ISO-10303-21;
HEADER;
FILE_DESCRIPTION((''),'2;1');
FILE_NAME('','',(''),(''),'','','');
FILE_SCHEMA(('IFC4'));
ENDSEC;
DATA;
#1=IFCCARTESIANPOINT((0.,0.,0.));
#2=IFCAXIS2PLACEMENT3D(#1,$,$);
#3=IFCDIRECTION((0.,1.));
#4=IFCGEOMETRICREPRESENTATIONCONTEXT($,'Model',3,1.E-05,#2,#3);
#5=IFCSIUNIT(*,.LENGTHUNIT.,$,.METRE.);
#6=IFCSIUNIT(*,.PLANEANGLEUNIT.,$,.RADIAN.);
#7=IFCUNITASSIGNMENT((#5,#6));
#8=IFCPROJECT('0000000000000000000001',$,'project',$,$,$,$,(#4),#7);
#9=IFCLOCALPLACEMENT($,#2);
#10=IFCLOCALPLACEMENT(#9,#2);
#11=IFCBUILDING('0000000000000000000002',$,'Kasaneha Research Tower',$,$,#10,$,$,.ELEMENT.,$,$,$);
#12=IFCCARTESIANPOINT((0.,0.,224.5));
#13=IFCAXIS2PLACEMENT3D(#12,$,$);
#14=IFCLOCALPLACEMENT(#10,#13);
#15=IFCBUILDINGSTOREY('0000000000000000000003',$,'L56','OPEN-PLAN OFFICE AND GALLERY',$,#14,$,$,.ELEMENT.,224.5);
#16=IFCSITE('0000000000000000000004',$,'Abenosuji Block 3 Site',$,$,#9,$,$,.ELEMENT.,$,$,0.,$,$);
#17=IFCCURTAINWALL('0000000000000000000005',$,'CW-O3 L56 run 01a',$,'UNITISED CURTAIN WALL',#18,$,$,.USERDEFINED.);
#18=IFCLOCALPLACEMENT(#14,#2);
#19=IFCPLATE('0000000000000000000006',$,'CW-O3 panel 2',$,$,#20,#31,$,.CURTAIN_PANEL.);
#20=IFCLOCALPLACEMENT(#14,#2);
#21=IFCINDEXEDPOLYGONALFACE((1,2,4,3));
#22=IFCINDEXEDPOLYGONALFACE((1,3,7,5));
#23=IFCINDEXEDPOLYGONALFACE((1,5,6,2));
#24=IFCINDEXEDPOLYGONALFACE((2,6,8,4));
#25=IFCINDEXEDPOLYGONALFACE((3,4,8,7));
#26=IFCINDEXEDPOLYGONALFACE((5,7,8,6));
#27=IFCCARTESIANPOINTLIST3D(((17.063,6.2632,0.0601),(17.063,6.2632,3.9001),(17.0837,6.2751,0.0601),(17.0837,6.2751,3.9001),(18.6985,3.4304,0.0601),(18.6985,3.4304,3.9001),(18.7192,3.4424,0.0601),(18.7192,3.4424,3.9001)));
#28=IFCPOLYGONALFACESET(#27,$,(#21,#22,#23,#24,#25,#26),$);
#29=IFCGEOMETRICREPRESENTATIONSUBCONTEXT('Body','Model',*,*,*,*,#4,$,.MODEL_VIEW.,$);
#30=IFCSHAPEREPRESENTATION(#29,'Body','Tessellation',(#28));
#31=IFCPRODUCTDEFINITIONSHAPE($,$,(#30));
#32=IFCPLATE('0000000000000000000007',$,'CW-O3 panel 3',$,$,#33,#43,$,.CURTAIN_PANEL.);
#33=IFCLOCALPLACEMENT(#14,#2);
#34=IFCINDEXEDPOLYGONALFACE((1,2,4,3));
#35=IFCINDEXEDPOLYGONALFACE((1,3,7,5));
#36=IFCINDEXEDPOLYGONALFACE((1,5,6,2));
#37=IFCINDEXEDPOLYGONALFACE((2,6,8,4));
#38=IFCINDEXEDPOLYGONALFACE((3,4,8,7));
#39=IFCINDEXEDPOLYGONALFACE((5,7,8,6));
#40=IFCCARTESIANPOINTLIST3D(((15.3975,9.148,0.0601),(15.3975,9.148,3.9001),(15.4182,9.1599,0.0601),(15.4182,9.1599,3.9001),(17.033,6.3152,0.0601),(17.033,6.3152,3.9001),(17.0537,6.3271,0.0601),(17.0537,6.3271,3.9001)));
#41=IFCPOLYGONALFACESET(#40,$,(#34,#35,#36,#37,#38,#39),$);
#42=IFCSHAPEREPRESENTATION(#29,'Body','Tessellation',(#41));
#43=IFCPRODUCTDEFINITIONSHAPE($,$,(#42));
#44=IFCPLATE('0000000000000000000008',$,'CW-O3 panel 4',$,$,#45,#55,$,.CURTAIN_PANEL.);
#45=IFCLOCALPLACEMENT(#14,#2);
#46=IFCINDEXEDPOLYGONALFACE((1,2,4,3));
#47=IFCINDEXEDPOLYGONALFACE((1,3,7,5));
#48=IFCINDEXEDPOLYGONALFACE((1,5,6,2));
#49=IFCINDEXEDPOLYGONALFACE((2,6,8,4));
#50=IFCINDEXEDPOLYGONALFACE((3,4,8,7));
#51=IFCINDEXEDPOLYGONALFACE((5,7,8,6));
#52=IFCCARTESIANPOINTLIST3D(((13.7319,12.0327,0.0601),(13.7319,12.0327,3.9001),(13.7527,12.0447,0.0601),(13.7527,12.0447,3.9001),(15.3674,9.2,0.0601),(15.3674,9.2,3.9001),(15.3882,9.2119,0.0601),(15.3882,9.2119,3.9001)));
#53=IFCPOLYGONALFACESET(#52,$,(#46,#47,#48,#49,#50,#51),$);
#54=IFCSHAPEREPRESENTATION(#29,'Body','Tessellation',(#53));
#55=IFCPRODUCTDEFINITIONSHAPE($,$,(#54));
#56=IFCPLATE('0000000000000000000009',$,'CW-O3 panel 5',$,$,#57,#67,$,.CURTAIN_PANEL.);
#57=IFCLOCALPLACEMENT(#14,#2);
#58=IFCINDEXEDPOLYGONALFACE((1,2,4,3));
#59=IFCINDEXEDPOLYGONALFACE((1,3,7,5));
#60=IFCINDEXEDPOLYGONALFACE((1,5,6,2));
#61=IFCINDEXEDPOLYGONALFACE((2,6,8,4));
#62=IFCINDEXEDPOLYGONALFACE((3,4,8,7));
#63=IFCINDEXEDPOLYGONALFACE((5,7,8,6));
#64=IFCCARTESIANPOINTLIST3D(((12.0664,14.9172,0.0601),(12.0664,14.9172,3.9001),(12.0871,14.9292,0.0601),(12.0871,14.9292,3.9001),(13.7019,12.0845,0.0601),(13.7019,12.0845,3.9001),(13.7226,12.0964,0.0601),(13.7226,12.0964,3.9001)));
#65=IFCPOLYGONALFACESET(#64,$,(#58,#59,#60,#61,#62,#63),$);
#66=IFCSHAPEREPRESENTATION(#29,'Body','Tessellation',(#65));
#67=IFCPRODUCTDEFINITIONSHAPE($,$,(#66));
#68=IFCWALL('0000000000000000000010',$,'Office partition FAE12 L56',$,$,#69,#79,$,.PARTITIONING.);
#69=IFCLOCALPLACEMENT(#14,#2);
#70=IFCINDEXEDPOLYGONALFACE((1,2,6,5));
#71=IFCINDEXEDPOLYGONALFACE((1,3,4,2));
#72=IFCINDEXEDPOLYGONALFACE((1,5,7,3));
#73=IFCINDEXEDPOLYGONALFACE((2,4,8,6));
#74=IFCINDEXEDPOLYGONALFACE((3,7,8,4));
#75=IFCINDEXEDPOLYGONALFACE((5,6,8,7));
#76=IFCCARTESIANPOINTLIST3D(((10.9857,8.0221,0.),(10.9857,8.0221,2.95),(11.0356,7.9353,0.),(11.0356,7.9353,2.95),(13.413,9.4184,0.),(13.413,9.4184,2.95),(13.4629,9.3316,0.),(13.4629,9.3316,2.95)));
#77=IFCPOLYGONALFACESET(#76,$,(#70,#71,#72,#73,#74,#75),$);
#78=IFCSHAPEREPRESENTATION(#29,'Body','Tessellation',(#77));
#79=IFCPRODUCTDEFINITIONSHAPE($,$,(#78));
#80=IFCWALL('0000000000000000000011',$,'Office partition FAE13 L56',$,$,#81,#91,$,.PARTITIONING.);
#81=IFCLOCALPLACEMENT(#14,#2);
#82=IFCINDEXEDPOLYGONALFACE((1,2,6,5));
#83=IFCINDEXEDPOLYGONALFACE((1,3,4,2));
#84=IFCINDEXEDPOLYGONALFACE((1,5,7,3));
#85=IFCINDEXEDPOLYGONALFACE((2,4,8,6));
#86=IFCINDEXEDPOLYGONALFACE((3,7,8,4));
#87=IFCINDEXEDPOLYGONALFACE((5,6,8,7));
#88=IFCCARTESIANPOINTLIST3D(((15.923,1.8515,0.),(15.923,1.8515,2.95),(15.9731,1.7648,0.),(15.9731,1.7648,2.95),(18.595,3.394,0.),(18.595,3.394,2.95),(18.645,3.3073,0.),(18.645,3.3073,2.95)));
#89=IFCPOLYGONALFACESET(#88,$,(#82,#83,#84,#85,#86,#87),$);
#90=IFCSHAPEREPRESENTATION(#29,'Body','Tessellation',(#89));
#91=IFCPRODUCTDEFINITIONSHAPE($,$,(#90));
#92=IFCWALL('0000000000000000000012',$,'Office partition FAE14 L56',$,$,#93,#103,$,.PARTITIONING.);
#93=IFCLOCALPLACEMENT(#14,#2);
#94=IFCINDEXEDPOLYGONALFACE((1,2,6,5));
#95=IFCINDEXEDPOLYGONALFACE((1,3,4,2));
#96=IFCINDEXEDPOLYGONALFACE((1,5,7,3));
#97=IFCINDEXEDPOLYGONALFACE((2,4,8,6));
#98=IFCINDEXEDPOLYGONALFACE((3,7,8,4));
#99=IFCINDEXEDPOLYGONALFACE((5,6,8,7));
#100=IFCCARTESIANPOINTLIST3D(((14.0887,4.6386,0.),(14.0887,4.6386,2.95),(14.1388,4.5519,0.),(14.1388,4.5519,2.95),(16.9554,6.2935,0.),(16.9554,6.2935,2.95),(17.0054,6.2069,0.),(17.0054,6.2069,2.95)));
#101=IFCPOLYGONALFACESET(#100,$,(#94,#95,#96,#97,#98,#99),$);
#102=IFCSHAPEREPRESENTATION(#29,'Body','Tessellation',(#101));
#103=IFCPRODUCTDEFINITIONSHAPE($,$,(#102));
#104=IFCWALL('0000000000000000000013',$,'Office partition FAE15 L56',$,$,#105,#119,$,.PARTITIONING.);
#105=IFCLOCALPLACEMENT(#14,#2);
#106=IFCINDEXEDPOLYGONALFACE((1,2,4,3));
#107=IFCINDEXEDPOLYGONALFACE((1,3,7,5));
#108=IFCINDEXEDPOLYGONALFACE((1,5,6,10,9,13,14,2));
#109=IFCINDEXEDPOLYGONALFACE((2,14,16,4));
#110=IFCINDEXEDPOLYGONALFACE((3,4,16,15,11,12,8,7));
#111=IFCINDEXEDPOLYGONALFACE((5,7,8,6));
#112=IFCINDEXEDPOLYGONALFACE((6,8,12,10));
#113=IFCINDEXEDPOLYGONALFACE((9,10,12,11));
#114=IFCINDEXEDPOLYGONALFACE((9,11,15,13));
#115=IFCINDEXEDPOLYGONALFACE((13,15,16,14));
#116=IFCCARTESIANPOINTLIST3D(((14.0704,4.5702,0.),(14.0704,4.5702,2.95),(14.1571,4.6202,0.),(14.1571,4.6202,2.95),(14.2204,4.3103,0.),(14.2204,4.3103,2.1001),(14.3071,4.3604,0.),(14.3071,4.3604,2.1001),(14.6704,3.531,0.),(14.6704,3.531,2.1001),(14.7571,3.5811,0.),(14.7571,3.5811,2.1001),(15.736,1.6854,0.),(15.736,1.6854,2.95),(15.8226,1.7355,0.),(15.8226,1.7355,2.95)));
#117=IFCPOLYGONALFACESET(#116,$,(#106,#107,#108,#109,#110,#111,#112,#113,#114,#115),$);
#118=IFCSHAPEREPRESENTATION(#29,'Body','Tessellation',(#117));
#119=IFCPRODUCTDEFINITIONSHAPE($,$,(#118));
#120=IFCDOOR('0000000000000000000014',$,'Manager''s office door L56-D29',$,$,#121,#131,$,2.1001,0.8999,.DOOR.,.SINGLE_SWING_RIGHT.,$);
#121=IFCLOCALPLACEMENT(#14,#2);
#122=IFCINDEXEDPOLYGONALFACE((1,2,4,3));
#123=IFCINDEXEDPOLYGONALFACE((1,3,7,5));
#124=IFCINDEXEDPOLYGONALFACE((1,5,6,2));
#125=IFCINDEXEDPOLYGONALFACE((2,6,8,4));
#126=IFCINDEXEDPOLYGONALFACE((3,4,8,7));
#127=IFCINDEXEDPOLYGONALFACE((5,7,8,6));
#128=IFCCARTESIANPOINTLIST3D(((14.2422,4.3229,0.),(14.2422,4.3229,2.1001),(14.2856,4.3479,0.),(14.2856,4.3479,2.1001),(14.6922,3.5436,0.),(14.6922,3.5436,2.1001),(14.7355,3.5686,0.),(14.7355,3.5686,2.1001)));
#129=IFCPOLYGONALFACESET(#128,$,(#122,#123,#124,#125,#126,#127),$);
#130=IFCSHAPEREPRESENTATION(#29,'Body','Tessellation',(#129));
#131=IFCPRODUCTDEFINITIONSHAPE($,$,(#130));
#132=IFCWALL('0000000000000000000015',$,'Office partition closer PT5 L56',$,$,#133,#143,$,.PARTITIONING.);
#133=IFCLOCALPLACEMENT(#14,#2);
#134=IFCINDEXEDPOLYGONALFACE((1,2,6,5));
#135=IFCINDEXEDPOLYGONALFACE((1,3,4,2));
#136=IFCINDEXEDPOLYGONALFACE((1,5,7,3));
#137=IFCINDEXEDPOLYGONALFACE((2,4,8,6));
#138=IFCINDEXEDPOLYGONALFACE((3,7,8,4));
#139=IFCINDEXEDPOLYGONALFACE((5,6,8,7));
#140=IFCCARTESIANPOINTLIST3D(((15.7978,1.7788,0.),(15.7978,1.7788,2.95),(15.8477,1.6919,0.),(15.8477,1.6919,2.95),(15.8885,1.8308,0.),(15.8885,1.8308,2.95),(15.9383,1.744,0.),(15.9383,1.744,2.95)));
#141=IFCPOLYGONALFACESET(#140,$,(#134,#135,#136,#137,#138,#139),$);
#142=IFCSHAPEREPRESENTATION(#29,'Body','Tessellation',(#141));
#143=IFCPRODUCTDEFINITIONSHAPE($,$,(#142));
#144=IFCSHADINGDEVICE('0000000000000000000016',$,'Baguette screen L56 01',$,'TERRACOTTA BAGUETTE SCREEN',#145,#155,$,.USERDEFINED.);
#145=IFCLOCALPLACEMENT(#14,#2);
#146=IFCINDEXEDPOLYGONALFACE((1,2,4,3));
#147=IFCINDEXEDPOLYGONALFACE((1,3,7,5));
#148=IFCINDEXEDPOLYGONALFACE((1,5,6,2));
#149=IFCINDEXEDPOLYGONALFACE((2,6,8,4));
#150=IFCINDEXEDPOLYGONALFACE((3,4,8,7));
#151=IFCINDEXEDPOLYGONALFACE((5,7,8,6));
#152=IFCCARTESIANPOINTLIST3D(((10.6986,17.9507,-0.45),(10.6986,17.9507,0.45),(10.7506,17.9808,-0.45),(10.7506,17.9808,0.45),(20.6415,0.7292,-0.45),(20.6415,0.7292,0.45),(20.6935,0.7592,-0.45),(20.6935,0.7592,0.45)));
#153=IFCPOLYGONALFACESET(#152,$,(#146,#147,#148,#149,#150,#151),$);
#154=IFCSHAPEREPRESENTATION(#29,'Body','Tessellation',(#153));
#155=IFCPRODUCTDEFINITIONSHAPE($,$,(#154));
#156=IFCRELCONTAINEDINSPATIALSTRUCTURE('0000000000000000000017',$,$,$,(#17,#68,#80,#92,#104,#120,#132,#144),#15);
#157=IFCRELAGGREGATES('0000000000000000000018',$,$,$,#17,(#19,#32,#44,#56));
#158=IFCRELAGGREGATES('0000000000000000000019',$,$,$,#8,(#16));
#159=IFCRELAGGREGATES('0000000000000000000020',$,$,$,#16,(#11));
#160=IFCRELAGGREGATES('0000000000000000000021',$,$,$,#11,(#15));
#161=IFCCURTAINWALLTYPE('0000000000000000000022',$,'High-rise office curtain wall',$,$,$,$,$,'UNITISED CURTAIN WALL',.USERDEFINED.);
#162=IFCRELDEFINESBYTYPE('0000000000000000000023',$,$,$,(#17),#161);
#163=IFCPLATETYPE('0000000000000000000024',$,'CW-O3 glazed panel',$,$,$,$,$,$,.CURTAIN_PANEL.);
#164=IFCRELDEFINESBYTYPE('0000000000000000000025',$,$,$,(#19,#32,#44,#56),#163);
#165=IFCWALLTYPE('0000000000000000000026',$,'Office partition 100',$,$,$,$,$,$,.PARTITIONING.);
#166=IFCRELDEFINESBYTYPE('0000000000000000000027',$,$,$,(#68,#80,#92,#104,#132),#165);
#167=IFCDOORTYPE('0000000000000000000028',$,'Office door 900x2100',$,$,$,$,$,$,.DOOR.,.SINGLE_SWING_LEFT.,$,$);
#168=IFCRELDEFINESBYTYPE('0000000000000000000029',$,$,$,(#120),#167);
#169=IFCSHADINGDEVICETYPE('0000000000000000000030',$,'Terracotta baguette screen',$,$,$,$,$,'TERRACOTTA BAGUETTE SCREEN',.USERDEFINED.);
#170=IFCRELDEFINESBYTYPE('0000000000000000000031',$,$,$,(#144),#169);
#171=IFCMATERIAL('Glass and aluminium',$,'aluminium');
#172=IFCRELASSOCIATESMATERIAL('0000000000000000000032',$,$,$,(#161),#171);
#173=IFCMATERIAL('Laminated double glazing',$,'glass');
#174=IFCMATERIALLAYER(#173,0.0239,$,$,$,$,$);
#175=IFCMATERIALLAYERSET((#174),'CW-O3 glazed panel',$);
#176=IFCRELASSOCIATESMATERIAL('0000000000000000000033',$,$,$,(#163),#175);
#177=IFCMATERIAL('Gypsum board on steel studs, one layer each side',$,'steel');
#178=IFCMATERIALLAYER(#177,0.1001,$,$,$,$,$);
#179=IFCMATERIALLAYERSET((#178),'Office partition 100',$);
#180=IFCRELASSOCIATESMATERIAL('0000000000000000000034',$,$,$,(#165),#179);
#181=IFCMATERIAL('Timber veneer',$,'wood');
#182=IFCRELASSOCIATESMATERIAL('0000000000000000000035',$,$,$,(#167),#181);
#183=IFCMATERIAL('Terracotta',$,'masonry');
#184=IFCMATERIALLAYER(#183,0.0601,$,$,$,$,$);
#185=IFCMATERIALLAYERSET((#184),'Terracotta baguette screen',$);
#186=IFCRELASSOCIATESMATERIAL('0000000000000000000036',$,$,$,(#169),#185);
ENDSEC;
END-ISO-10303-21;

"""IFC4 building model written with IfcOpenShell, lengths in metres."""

from ifc_helpers import new_model, si_unit, direction, frame, frame_2d, origin, origin_2d, place, context, subcontext, project, spatial, rectangle, extrude, material, layer, layer_set, type_object, element, fill, aggregate, save


model = new_model("IFC4")

# Units and contexts
model_context = context("Model", 3, precision=1e-05, world=origin(), true_north=direction((0.0, 1.0)))
body_context = subcontext(model_context, "Body", "Model", "MODEL_VIEW")
ifc_project = project(units=[si_unit("LENGTHUNIT", "METRE"), si_unit("PLANEANGLEUNIT", "RADIAN")], contexts=[model_context])

# Site, building, storey
site_placement = place(None, origin())
site = spatial("IfcSite", under=ifc_project, at=site_placement, Name="Abenosuji Block 3 Site", CompositionType="ELEMENT", RefElevation=0.0)
building_placement = place(site_placement, origin())
building = spatial("IfcBuilding", under=site, at=building_placement, Name="Kasaneha Research Tower", CompositionType="ELEMENT")
storey_placement = place(building_placement, frame((0.0, 0.0, 224.5)))
storey = spatial("IfcBuildingStorey", under=building, at=storey_placement, Name="L56", Description="OPEN-PLAN OFFICE AND GALLERY", CompositionType="ELEMENT", Elevation=224.5)

# Curtain wall, plates
ifc_material_1 = material(Name="Glass and aluminium", Category="aluminium")
curtain_wall_type = type_object("IfcCurtainWallType", Name="High-rise office curtain wall", ElementType="UNITISED CURTAIN WALL", PredefinedType="USERDEFINED", material=ifc_material_1)
curtain_wall_placement = place(storey_placement, origin())
curtain_wall = element("IfcCurtainWall", 1, at=curtain_wall_placement, inside=storey, type_object=curtain_wall_type, Name="CW-O3 L56 run 01a", ObjectType="UNITISED CURTAIN WALL", PredefinedType="USERDEFINED")
ifc_material_2 = material(Name="Laminated double glazing", Category="glass")
ifc_layer_1 = layer(ifc_material_2, 0.0239)
ifc_layer_set_1 = layer_set([ifc_layer_1], Name="CW-O3 glazed panel")
plate_type = type_object("IfcPlateType", Name="CW-O3 glazed panel", PredefinedType="CURTAIN_PANEL", material=ifc_layer_set_1)
plate_1_placement = place(storey_placement, frame((17.8911, 4.8528, 0.0601), z_axis=(0.0, 0.0, 1.0), x_axis=(-0.5, 0.866025, 0.0)))
plate_1 = element("IfcPlate", 2, at=plate_1_placement, type_object=plate_type, Name="CW-O3 panel 2", PredefinedType="CURTAIN_PANEL", context=body_context, shape_type="SweptSolid", body=[
    extrude(rectangle(XDim=3.271, YDim=0.0239, at=origin_2d()), origin(), (0.0, 0.0, 1.0), 3.8401),
])
plate_2_placement = place(storey_placement, frame((16.2256, 7.7375, 0.0601), z_axis=(0.0, 0.0, 1.0), x_axis=(-0.5, 0.866025, 0.0)))
plate_2 = element("IfcPlate", 3, at=plate_2_placement, type_object=plate_type, Name="CW-O3 panel 3", PredefinedType="CURTAIN_PANEL", context=body_context, shape_type="SweptSolid", body=[
    extrude(rectangle(XDim=3.271, YDim=0.0239, at=origin_2d()), origin(), (0.0, 0.0, 1.0), 3.8401),
])
plate_3_placement = place(storey_placement, frame((14.5601, 10.6223, 0.0601), z_axis=(0.0, 0.0, 1.0), x_axis=(-0.5, 0.866025, 0.0)))
plate_3 = element("IfcPlate", 4, at=plate_3_placement, type_object=plate_type, Name="CW-O3 panel 4", PredefinedType="CURTAIN_PANEL", context=body_context, shape_type="SweptSolid", body=[
    extrude(rectangle(XDim=3.271, YDim=0.0239, at=origin_2d()), origin(), (0.0, 0.0, 1.0), 3.8401),
])
plate_4_placement = place(storey_placement, frame((12.8945, 13.5068, 0.0601), z_axis=(0.0, 0.0, 1.0), x_axis=(-0.5, 0.866025, 0.0)))
plate_4 = element("IfcPlate", 5, at=plate_4_placement, type_object=plate_type, Name="CW-O3 panel 5", PredefinedType="CURTAIN_PANEL", context=body_context, shape_type="SweptSolid", body=[
    extrude(rectangle(XDim=3.271, YDim=0.0239, at=origin_2d()), origin(), (0.0, 0.0, 1.0), 3.8401),
])
aggregate(curtain_wall, [plate_1, plate_2, plate_3, plate_4])

# Walls
ifc_material_3 = material(Name="Gypsum board on steel studs, one layer each side", Category="steel")
ifc_layer_2 = layer(ifc_material_3, 0.1001)
ifc_layer_set_2 = layer_set([ifc_layer_2], Name="Office partition 100")
wall_type = type_object("IfcWallType", Name="Office partition 100", PredefinedType="PARTITIONING", material=ifc_layer_set_2)
wall_1_placement = place(storey_placement, frame((13.438, 9.375, 0.0), z_axis=(0.0, 0.0, 1.0), x_axis=(-0.866818, -0.498625, 0.0)))
element("IfcWall", 6, at=wall_1_placement, inside=storey, type_object=wall_type, Name="Office partition FAE12 L56", PredefinedType="PARTITIONING", context=body_context, shape_type="SweptSolid", body=[
    extrude(rectangle(XDim=2.8003, YDim=0.1001, at=frame_2d((1.4001, 0.0))), origin(), (0.0, 0.0, 1.0), 2.95),
])
wall_2_placement = place(storey_placement, frame((18.6199, 3.3506, 0.0), z_axis=(0.0, 0.0, 1.0), x_axis=(-0.866043, -0.499969, 0.0)))
element("IfcWall", 7, at=wall_2_placement, inside=storey, type_object=wall_type, Name="Office partition FAE13 L56", PredefinedType="PARTITIONING", context=body_context, shape_type="SweptSolid", body=[
    extrude(rectangle(XDim=3.0852, YDim=0.1001, at=frame_2d((1.5425, 0.0))), origin(), (0.0, 0.0, 1.0), 2.95),
])
wall_3_placement = place(storey_placement, frame((14.1138, 4.5952, 0.0), z_axis=(0.0, 0.0, 1.0), x_axis=(0.866033, 0.499986, 0.0)))
element("IfcWall", 8, at=wall_3_placement, inside=storey, type_object=wall_type, Name="Office partition FAE14 L56", PredefinedType="PARTITIONING", context=body_context, shape_type="SweptSolid", body=[
    extrude(rectangle(XDim=3.3101, YDim=0.1001, at=frame_2d((1.655, 0.0))), origin(), (0.0, 0.0, 1.0), 2.95),
])

# Wall, opening, door
wall_4_placement = place(storey_placement, frame((15.7793, 1.7104, 0.0), z_axis=(0.0, 0.0, 1.0), x_axis=(-0.500002, 0.866024, 0.0)))
wall_4 = element("IfcWall", 9, at=wall_4_placement, inside=storey, type_object=wall_type, Name="Office partition FAE15 L56", PredefinedType="PARTITIONING", context=body_context, shape_type="SweptSolid", body=[
    extrude(rectangle(XDim=3.3311, YDim=0.1001, at=frame_2d((1.6655, 0.0))), origin(), (0.0, 0.0, 1.0), 2.95),
])
opening_placement = place(wall_4_placement, frame((2.1311, 0.0, 0.0)))
opening = element("IfcOpeningElement", 10, at=opening_placement, cuts=wall_4, PredefinedType="OPENING", context=body_context, shape_type="SweptSolid", body=[
    extrude(rectangle(XDim=0.8999, YDim=2.1001, at=frame_2d((0.45, 1.05))), frame((0.0, 0.0601, 0.0), z_axis=(0.0, -1.0, 0.0), x_axis=(1.0, 0.0, 0.0)), (0.0, 0.0, 1.0), 0.1201),
])
ifc_material_4 = material(Name="Timber veneer", Category="wood")
door_type = type_object("IfcDoorType", Name="Office door 900x2100", OperationType="SINGLE_SWING_LEFT", PredefinedType="DOOR", material=ifc_material_4)
door_placement = place(opening_placement, origin())
door = element("IfcDoor", 11, at=door_placement, inside=storey, type_object=door_type, Name="Manager's office door L56-D29", OperationType="SINGLE_SWING_RIGHT", OverallHeight=2.1001, OverallWidth=0.8999, PredefinedType="DOOR", context=body_context, shape_type="SweptSolid", body=[
    extrude(rectangle(XDim=0.8999, YDim=2.1001, at=frame_2d((0.45, 1.05))), frame((0.0, 0.0249, 0.0), z_axis=(0.0, -1.0, 0.0), x_axis=(1.0, 0.0, 0.0)), (0.0, 0.0, 1.0), 0.05),
])
fill(opening, door)

# Wall
wall_5_placement = place(storey_placement, frame((15.8228, 1.7354, 0.0), z_axis=(0.0, 0.0, 1.0), x_axis=(0.867234, 0.4979, 0.0)))
element("IfcWall", 12, at=wall_5_placement, inside=storey, type_object=wall_type, Name="Office partition closer PT5 L56", PredefinedType="PARTITIONING", context=body_context, shape_type="SweptSolid", body=[
    extrude(rectangle(XDim=0.1045, YDim=0.1001, at=frame_2d((0.0522, 0.0))), origin(), (0.0, 0.0, 1.0), 2.95),
])

# Shading device
ifc_material_5 = material(Name="Terracotta", Category="masonry")
ifc_layer_3 = layer(ifc_material_5, 0.0601)
ifc_layer_set_3 = layer_set([ifc_layer_3], Name="Terracotta baguette screen")
shading_device_type = type_object("IfcShadingDeviceType", Name="Terracotta baguette screen", ElementType="TERRACOTTA BAGUETTE SCREEN", PredefinedType="USERDEFINED", material=ifc_layer_set_3)
shading_device_placement = place(storey_placement, frame((15.696, 9.355, -0.45), z_axis=(0.0, 0.0, 1.0), x_axis=(-0.5, 0.866025, 0.0)))
element("IfcShadingDevice", 13, at=shading_device_placement, inside=storey, type_object=shading_device_type, Name="Baguette screen L56 01", ObjectType="TERRACOTTA BAGUETTE SCREEN", PredefinedType="USERDEFINED", context=body_context, shape_type="SweptSolid", body=[
    extrude(rectangle(XDim=19.8857, YDim=0.0601, at=origin_2d()), origin(), (0.0, 0.0, 1.0), 0.8999),
])

save(model, "model.ifc")
